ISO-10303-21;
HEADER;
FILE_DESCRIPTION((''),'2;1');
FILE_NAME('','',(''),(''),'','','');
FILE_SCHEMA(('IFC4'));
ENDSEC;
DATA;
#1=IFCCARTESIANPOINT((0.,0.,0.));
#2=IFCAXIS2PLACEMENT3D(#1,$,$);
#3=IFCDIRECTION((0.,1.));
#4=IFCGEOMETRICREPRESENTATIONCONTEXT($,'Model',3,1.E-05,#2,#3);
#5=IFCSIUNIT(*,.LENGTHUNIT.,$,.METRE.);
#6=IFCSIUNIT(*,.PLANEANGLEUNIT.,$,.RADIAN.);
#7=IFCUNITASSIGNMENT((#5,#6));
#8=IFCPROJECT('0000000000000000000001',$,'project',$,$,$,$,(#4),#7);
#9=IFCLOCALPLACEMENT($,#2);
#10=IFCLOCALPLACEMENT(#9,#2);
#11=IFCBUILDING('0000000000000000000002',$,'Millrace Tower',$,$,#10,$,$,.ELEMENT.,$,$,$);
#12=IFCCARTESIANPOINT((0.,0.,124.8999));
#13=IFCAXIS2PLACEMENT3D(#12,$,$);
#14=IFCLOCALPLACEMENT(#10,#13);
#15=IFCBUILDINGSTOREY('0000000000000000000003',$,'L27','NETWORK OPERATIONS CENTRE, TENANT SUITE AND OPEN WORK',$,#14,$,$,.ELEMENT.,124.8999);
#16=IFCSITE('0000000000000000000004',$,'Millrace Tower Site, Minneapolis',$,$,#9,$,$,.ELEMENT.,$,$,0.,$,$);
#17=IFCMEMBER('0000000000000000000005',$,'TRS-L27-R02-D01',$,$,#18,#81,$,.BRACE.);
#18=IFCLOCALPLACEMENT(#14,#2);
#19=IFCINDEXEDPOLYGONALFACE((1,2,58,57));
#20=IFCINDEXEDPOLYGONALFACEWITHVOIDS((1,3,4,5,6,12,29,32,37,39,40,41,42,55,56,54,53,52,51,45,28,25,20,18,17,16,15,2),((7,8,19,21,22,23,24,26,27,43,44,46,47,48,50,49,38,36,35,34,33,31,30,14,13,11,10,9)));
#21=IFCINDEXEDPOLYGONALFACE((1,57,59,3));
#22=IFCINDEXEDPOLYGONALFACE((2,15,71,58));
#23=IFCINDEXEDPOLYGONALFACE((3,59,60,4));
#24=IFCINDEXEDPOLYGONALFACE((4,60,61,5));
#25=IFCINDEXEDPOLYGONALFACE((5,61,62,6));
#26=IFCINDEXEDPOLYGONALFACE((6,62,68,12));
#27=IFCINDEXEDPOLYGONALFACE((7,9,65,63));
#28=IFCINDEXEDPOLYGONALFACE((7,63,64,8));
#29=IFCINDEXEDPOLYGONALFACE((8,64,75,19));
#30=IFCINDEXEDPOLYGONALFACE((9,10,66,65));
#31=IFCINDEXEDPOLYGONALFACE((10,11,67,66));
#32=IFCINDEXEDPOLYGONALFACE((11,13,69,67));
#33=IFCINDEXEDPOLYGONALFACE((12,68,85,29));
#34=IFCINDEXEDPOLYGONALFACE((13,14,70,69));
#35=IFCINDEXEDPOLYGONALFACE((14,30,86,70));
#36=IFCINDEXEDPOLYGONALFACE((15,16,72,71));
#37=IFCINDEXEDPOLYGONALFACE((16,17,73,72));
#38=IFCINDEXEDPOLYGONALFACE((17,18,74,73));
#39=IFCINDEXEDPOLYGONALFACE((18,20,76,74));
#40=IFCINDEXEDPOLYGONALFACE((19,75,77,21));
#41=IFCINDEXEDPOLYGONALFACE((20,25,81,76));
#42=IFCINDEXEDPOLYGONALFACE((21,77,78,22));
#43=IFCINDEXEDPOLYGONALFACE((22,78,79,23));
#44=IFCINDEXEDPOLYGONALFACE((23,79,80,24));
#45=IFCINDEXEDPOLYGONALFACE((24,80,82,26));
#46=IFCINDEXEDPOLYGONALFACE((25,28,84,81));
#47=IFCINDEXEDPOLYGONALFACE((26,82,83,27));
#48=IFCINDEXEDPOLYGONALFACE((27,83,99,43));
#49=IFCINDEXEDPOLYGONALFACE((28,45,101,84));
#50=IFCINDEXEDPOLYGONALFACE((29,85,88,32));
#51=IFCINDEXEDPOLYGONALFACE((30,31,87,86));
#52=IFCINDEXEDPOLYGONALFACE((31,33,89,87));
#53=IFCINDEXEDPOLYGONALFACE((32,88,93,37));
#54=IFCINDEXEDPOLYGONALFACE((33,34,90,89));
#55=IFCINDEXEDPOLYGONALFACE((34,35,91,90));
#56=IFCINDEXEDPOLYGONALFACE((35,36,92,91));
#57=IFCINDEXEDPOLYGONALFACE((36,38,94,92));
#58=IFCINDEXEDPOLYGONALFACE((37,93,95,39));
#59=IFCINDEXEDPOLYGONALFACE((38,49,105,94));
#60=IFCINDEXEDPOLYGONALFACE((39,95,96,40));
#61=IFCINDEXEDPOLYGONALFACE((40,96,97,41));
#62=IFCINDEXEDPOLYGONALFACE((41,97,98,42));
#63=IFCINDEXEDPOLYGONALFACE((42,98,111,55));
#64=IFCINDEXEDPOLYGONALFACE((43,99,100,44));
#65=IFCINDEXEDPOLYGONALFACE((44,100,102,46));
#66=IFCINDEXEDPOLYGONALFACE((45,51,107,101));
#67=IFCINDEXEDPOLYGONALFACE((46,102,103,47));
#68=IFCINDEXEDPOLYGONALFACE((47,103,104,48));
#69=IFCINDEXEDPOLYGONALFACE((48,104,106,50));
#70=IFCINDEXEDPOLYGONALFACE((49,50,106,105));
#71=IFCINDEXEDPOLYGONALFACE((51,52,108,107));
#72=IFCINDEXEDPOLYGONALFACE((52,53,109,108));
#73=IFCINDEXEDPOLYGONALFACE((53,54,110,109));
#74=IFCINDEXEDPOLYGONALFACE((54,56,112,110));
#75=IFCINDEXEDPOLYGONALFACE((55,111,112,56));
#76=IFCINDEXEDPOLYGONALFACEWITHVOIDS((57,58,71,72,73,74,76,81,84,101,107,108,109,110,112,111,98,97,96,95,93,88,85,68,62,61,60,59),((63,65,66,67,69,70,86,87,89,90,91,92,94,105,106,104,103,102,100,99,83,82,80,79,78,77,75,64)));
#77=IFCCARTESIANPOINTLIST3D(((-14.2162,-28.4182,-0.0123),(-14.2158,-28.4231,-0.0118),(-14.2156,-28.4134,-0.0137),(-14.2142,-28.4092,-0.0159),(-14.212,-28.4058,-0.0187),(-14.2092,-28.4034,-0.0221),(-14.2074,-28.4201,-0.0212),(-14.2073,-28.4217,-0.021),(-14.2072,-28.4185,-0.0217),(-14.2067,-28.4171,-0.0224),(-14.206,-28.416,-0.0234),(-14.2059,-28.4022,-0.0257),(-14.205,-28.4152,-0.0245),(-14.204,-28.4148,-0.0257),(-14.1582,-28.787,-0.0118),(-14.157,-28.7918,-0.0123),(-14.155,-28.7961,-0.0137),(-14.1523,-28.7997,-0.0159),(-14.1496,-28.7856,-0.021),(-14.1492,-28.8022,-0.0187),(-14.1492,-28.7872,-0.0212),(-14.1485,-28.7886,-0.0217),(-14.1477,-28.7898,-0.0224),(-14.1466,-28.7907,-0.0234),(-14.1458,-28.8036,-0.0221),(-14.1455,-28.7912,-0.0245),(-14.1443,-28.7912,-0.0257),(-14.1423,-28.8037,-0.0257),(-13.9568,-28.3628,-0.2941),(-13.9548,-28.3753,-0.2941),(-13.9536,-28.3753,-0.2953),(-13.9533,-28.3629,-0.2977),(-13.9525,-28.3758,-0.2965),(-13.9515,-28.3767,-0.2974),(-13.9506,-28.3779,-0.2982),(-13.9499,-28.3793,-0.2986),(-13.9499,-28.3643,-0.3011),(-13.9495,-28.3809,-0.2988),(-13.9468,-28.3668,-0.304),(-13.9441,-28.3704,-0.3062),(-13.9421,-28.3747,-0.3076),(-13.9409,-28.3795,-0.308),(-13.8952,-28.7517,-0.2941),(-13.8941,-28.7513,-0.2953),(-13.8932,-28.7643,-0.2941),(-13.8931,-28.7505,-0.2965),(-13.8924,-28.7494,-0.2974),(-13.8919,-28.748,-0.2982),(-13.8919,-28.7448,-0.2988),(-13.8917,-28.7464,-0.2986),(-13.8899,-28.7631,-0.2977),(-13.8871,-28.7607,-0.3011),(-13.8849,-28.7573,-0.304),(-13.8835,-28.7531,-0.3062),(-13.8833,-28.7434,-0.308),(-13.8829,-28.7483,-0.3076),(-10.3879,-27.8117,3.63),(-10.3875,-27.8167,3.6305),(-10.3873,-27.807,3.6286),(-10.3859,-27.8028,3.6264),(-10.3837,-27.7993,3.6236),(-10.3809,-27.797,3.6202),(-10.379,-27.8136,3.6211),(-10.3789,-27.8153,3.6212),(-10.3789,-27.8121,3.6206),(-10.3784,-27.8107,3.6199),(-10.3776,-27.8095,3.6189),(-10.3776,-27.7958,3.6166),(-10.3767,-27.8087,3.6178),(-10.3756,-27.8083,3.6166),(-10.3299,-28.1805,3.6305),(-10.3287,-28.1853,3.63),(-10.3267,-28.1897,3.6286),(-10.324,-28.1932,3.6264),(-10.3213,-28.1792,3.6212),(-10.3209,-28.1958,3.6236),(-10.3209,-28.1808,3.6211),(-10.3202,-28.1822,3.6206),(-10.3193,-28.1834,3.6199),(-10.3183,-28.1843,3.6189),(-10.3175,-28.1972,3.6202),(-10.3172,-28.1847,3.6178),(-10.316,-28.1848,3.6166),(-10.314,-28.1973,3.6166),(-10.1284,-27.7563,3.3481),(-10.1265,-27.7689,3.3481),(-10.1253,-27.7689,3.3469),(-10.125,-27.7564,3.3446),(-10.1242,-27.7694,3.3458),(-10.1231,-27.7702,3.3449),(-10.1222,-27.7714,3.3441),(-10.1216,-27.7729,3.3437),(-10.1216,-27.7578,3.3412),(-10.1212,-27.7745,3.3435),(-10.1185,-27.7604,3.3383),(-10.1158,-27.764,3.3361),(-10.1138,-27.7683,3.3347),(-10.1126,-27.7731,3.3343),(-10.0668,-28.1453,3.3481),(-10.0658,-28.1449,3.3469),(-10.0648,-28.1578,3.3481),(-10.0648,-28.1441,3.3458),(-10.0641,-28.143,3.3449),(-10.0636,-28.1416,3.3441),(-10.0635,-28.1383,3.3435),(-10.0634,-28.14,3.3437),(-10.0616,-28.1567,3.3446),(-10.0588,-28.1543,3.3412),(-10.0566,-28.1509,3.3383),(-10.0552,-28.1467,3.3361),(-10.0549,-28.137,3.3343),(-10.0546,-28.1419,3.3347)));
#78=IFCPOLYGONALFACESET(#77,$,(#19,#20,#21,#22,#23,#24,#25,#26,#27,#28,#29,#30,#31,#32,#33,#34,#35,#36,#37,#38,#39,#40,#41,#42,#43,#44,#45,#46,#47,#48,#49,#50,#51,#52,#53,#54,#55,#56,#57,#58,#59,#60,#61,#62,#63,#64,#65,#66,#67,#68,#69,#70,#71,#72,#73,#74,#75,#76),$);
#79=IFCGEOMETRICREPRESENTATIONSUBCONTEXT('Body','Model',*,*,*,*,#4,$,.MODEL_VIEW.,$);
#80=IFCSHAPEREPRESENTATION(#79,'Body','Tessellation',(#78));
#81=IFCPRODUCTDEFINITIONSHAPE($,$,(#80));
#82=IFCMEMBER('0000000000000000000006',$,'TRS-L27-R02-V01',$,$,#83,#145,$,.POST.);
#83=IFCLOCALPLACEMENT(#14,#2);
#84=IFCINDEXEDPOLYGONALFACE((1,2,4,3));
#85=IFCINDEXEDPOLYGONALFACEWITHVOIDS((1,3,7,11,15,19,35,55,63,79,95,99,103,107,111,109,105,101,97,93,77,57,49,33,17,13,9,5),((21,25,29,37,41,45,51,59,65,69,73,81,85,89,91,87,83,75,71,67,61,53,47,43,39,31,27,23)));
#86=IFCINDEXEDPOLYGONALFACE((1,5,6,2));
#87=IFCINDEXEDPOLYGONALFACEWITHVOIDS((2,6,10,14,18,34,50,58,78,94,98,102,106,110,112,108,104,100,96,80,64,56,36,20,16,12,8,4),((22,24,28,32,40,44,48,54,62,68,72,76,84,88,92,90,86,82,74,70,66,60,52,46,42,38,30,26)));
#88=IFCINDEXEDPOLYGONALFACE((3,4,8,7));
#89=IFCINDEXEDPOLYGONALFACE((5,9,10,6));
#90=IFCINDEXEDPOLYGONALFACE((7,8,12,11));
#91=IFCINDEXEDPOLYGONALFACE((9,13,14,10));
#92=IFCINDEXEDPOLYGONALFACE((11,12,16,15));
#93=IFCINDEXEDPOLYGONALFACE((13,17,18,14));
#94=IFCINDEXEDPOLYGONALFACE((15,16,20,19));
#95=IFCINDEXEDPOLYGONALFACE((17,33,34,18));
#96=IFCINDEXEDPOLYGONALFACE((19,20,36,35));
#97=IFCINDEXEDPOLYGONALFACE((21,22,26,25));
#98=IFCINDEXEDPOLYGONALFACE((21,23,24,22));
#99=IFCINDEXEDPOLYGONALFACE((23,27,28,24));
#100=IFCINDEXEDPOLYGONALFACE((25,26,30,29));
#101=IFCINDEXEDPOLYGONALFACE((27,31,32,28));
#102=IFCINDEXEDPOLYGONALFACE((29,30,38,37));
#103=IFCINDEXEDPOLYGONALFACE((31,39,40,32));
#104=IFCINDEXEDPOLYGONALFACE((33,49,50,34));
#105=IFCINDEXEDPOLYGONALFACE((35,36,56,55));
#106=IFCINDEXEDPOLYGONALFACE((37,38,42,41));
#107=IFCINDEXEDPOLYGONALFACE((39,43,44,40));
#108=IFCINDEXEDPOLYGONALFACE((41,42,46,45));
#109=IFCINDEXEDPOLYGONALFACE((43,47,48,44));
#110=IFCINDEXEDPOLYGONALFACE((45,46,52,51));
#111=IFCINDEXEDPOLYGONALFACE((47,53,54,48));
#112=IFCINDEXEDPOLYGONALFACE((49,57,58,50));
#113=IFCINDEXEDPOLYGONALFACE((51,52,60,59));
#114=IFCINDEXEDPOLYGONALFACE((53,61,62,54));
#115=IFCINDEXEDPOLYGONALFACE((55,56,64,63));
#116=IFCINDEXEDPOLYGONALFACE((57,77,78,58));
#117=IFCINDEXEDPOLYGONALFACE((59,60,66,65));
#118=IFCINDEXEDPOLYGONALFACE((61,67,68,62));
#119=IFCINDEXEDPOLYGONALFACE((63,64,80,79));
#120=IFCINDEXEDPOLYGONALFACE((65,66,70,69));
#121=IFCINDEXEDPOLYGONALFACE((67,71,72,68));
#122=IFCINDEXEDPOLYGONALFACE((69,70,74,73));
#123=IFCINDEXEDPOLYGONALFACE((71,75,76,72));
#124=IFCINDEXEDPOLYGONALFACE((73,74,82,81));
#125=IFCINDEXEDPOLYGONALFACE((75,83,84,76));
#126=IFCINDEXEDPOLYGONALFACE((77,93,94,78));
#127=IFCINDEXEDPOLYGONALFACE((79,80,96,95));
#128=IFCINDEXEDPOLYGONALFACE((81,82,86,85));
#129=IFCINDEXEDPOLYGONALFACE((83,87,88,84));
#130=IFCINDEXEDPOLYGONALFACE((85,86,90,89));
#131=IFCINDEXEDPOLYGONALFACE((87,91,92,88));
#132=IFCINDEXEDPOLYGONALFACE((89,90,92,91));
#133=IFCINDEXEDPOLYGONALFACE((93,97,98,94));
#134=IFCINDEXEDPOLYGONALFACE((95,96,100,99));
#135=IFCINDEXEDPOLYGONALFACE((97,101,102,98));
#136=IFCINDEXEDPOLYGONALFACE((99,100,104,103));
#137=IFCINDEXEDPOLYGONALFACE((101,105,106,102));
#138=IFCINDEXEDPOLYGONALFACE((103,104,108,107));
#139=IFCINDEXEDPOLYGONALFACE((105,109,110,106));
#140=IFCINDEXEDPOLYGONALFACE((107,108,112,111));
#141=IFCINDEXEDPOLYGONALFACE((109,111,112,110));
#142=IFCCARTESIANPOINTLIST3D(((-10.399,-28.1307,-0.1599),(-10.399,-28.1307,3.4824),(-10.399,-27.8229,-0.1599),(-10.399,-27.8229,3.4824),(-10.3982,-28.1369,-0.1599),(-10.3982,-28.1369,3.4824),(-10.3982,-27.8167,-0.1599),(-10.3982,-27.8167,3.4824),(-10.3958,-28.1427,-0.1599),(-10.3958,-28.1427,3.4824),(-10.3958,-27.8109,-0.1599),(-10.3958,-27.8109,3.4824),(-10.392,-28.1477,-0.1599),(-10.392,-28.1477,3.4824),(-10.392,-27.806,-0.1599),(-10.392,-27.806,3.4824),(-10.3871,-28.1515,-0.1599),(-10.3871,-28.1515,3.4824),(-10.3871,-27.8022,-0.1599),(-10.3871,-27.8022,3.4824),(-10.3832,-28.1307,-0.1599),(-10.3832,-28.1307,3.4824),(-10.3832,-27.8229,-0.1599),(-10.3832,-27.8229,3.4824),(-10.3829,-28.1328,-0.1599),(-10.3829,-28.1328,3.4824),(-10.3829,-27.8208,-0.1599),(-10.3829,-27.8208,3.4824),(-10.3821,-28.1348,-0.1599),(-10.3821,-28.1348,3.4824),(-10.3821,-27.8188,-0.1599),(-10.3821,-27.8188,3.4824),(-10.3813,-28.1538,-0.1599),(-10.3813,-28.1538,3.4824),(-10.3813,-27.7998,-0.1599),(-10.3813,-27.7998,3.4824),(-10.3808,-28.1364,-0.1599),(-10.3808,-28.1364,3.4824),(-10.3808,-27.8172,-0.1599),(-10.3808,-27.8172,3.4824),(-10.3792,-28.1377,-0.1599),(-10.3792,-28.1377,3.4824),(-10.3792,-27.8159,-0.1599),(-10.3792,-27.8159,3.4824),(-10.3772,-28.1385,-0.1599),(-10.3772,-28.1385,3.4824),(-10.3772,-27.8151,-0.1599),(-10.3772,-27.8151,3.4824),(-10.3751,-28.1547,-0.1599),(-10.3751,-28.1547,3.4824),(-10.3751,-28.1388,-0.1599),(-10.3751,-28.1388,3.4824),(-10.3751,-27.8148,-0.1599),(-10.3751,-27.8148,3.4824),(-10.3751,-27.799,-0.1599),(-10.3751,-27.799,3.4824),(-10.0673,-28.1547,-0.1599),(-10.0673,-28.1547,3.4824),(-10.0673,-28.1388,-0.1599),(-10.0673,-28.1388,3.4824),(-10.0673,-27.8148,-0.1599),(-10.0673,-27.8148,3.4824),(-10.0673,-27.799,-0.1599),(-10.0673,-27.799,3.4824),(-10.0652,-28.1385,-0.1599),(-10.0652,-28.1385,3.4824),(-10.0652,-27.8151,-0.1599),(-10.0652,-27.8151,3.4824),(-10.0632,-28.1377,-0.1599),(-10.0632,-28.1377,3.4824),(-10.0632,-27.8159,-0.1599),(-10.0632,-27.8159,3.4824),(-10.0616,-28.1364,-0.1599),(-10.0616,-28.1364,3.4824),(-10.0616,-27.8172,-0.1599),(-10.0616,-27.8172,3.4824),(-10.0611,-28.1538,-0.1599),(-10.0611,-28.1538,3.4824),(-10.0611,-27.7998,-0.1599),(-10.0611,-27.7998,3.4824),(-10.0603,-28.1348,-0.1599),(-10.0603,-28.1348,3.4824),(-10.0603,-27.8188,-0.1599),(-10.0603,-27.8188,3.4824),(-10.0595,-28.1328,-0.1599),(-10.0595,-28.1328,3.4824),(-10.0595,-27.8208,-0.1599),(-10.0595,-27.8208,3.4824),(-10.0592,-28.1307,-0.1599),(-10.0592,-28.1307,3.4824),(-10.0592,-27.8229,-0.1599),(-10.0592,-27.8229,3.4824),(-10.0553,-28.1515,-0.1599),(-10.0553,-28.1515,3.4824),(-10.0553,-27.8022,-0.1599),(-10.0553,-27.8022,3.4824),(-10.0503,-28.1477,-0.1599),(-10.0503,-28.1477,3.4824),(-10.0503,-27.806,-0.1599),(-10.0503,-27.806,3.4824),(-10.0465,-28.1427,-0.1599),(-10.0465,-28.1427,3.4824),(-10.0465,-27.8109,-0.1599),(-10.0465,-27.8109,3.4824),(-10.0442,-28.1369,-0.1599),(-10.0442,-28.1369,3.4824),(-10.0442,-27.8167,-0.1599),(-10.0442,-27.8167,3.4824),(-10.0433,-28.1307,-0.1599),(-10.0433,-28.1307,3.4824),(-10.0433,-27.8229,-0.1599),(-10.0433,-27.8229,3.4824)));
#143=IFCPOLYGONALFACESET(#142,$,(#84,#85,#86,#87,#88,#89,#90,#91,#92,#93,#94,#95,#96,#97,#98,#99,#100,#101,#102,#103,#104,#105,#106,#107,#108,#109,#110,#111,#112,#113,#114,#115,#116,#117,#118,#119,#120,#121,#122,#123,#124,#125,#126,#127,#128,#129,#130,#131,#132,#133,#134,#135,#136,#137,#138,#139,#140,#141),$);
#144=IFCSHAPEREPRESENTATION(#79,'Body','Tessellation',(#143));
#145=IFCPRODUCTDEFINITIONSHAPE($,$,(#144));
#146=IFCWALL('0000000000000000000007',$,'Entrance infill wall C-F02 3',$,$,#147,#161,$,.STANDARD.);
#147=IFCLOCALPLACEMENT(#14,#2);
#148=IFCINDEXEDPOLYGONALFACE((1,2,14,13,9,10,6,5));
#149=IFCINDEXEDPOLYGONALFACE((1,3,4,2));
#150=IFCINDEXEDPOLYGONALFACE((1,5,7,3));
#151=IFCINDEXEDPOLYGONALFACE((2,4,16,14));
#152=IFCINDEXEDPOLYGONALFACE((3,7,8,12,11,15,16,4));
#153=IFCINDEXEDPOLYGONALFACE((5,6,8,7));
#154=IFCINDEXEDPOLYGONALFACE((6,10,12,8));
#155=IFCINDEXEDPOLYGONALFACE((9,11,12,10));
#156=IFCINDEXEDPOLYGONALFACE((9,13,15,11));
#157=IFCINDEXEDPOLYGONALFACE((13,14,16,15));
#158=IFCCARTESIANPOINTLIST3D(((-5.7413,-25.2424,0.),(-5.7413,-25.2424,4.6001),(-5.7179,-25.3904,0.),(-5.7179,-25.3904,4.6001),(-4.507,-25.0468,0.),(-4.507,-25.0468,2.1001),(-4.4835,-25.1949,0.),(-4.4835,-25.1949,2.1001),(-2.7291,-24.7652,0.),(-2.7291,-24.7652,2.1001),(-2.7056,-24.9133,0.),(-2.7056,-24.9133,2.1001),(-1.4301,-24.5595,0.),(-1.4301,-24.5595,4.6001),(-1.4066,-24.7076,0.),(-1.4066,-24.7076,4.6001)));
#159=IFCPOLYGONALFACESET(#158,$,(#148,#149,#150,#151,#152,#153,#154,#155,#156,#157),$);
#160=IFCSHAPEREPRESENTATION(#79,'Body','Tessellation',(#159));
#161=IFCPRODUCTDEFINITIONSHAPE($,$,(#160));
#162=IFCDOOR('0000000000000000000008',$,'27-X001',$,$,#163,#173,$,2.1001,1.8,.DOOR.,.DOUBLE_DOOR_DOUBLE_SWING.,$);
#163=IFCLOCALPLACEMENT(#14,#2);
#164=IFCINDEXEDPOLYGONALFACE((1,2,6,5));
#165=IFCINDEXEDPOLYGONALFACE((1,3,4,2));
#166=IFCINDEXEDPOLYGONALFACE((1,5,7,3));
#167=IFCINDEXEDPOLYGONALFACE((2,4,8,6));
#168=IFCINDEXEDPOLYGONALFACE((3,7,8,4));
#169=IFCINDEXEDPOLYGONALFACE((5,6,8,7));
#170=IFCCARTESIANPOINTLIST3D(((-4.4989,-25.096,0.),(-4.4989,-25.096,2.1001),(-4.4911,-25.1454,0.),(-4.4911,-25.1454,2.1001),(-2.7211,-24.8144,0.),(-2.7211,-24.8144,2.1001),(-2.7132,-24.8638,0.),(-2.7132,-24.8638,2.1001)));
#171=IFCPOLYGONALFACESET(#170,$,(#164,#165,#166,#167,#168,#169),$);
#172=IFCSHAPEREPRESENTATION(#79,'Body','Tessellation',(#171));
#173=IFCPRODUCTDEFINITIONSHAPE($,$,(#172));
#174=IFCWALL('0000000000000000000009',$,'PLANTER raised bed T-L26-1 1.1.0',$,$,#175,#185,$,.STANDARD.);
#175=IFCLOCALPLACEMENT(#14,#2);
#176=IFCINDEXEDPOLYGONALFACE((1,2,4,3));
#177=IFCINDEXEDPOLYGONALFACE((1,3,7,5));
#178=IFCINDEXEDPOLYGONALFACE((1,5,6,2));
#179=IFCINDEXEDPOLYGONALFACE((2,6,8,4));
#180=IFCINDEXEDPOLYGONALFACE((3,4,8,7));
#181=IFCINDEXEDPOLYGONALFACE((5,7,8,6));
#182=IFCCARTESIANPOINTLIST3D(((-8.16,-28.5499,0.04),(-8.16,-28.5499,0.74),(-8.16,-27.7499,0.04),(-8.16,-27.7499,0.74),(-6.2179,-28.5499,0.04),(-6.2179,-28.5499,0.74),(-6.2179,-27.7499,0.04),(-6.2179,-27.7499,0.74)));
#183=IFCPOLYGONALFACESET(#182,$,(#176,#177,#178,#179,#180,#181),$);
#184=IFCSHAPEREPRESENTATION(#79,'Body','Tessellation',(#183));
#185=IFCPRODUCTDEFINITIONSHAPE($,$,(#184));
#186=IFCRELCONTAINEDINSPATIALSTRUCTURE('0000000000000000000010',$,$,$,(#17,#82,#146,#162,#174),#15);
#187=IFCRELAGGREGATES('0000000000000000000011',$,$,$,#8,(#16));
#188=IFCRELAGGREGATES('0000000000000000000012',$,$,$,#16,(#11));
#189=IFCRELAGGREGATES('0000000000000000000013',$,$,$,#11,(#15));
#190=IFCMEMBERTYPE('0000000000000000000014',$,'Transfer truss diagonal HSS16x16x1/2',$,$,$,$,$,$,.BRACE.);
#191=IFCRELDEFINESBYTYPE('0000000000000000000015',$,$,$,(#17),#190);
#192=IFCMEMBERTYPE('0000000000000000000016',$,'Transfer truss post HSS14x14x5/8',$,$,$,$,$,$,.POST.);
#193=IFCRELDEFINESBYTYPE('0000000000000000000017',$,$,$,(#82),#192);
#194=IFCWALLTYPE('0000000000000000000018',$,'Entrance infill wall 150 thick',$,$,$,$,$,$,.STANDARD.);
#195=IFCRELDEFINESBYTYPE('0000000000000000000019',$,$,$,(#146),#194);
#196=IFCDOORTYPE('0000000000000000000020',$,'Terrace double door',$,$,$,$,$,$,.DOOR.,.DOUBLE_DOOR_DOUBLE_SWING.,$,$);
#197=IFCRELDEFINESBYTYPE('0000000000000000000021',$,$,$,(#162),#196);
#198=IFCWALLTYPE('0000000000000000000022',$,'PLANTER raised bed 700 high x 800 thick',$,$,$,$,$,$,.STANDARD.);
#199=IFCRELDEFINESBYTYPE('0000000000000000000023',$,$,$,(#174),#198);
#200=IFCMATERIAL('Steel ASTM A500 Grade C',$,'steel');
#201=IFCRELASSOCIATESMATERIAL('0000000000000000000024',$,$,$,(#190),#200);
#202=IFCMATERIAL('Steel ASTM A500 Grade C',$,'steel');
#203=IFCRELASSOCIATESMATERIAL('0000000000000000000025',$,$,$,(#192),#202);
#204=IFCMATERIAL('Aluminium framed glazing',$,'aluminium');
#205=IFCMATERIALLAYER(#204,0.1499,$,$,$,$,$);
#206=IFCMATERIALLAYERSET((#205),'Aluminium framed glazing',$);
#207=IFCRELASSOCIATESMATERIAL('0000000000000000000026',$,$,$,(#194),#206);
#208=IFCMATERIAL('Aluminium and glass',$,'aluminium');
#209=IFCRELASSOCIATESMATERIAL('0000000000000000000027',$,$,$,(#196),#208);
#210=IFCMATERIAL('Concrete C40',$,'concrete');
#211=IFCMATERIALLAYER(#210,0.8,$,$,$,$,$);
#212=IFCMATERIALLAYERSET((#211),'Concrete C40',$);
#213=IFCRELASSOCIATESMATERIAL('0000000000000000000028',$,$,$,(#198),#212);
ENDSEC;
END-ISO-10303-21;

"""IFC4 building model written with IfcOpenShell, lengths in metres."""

from ifc_helpers import new_model, si_unit, direction, frame, frame_2d, origin, origin_2d, place, context, subcontext, project, spatial, rectangle, hollow_rectangle, extrude, material, layer, layer_set, material_profile, profile_set, type_object, element, fill, save


model = new_model("IFC4")

# Units and contexts
model_context = context("Model", 3, precision=1e-05, world=origin(), true_north=direction((0.0, 1.0)))
body_context = subcontext(model_context, "Body", "Model", "MODEL_VIEW")
ifc_project = project(units=[si_unit("LENGTHUNIT", "METRE"), si_unit("PLANEANGLEUNIT", "RADIAN")], contexts=[model_context])

# Site, building, storey
site_placement = place(None, origin())
site = spatial("IfcSite", under=ifc_project, at=site_placement, Name="Millrace Tower Site, Minneapolis", CompositionType="ELEMENT", RefElevation=0.0)
building_placement = place(site_placement, origin())
building = spatial("IfcBuilding", under=site, at=building_placement, Name="Millrace Tower", CompositionType="ELEMENT")
storey_placement = place(building_placement, frame((0.0, 0.0, 124.8999)))
storey = spatial("IfcBuildingStorey", under=building, at=storey_placement, Name="L27", Description="NETWORK OPERATIONS CENTRE, TENANT SUITE AND OPEN WORK", CompositionType="ELEMENT", Elevation=124.8999)

# Members
ifc_material_1 = material(Name="Steel ASTM A500 Grade C", Category="steel")
ifc_material_profile_1 = material_profile(ifc_material_1, hollow_rectangle(XDim=0.4065, YDim=0.4065, WallThickness=0.0127, InnerFilletRadius=0.0063, OuterFilletRadius=0.019, at=origin_2d()))
ifc_profile_set_1 = profile_set([ifc_material_profile_1], Name="Steel ASTM A500 Grade C")
member_type_1 = type_object("IfcMemberType", Name="Transfer truss diagonal HSS16x16x1/2", PredefinedType="BRACE", material=ifc_profile_set_1)
member_1_placement = place(storey_placement, frame((-14.0496, -28.5833, -0.1599), z_axis=(0.719766, 0.114017, 0.68479), x_axis=(-0.156457, 0.987685, 0.0)))
element("IfcMember", 1, at=member_1_placement, inside=storey, type_object=member_type_1, Name="TRS-L27-R02-D01", PredefinedType="BRACE", context=body_context, shape_type="SweptSolid", body=[
    extrude(hollow_rectangle(XDim=0.4065, YDim=0.4065, WallThickness=0.0127, InnerFilletRadius=0.0063, OuterFilletRadius=0.019, at=origin_2d()), origin(), (0.0, 0.0, 1.0), 5.3188),
])
ifc_material_2 = material(Name="Steel ASTM A500 Grade C", Category="steel")
ifc_material_profile_2 = material_profile(ifc_material_2, hollow_rectangle(XDim=0.3557, YDim=0.3557, WallThickness=0.0159, InnerFilletRadius=0.0081, OuterFilletRadius=0.0239, at=origin_2d()))
ifc_profile_set_2 = profile_set([ifc_material_profile_2], Name="Steel ASTM A500 Grade C")
member_type_2 = type_object("IfcMemberType", Name="Transfer truss post HSS14x14x5/8", PredefinedType="POST", material=ifc_profile_set_2)
member_2_placement = place(storey_placement, frame((-10.2212, -27.9768, -0.1599), z_axis=(0.0, 0.0, 1.0), x_axis=(1.0, 0.0, 0.0)))
element("IfcMember", 2, at=member_2_placement, inside=storey, type_object=member_type_2, Name="TRS-L27-R02-V01", PredefinedType="POST", context=body_context, shape_type="SweptSolid", body=[
    extrude(hollow_rectangle(XDim=0.3557, YDim=0.3557, WallThickness=0.0159, InnerFilletRadius=0.0081, OuterFilletRadius=0.0239, at=origin_2d()), origin(), (0.0, 0.0, 1.0), 3.6423),
])

# Wall, opening, door
ifc_material_3 = material(Name="Aluminium framed glazing", Category="aluminium")
ifc_layer_1 = layer(ifc_material_3, 0.1499)
ifc_layer_set_1 = layer_set([ifc_layer_1], Name="Aluminium framed glazing")
wall_type_1 = type_object("IfcWallType", Name="Entrance infill wall 150 thick", PredefinedType="STANDARD", material=ifc_layer_set_1)
wall_1_placement = place(storey_placement, frame((-5.7297, -25.3164, 0.0), z_axis=(0.0, 0.0, 1.0), x_axis=(0.987688, 0.156439, 0.0)))
wall_1 = element("IfcWall", 3, at=wall_1_placement, inside=storey, type_object=wall_type_1, Name="Entrance infill wall C-F02 3", PredefinedType="STANDARD", context=body_context, shape_type="SweptSolid", body=[
    extrude(rectangle(XDim=4.365, YDim=0.1499, at=frame_2d((2.1826, 0.0))), origin(), (0.0, 0.0, 1.0), 4.6001),
])
opening_placement = place(wall_1_placement, frame((1.25, 0.0, 0.0)))
opening = element("IfcOpeningElement", 4, at=opening_placement, cuts=wall_1, PredefinedType="OPENING", context=body_context, shape_type="SweptSolid", body=[
    extrude(rectangle(XDim=1.8, YDim=2.1001, at=frame_2d((0.8999, 1.05))), frame((0.0, 0.085, 0.0), z_axis=(0.0, -1.0, 0.0), x_axis=(1.0, 0.0, 0.0)), (0.0, 0.0, 1.0), 0.1699),
])
ifc_material_4 = material(Name="Aluminium and glass", Category="aluminium")
door_type = type_object("IfcDoorType", Name="Terrace double door", OperationType="DOUBLE_DOOR_DOUBLE_SWING", PredefinedType="DOOR", material=ifc_material_4)
door_placement = place(opening_placement, frame((1.8, 0.0, 0.0), z_axis=(0.0, 0.0, 1.0), x_axis=(-1.0, 0.0, 0.0)))
door = element("IfcDoor", 5, at=door_placement, inside=storey, type_object=door_type, Name="27-X001", OperationType="DOUBLE_DOOR_DOUBLE_SWING", OverallHeight=2.1001, OverallWidth=1.8, PredefinedType="DOOR", context=body_context, shape_type="SweptSolid", body=[
    extrude(rectangle(XDim=1.8, YDim=2.1001, at=frame_2d((0.8999, 1.05))), frame((0.0, 0.0249, 0.0), z_axis=(0.0, -1.0, 0.0), x_axis=(1.0, 0.0, 0.0)), (0.0, 0.0, 1.0), 0.05),
])
fill(opening, door)

# Wall
ifc_material_5 = material(Name="Concrete C40", Category="concrete")
ifc_layer_2 = layer(ifc_material_5, 0.8)
ifc_layer_set_2 = layer_set([ifc_layer_2], Name="Concrete C40")
wall_type_2 = type_object("IfcWallType", Name="PLANTER raised bed 700 high x 800 thick", PredefinedType="STANDARD", material=ifc_layer_set_2)
wall_2_placement = place(storey_placement, frame((-8.1602, -28.1499, 0.04), z_axis=(0.0, 0.0, 1.0), x_axis=(1.0, 0.0, 0.0)))
element("IfcWall", 6, at=wall_2_placement, inside=storey, type_object=wall_type_2, Name="PLANTER raised bed T-L26-1 1.1.0", PredefinedType="STANDARD", context=body_context, shape_type="SweptSolid", body=[
    extrude(rectangle(XDim=1.9421, YDim=0.8, at=frame_2d((0.9712, 0.0))), origin(), (0.0, 0.0, 1.0), 0.7),
])

save(model, "model.ifc")
